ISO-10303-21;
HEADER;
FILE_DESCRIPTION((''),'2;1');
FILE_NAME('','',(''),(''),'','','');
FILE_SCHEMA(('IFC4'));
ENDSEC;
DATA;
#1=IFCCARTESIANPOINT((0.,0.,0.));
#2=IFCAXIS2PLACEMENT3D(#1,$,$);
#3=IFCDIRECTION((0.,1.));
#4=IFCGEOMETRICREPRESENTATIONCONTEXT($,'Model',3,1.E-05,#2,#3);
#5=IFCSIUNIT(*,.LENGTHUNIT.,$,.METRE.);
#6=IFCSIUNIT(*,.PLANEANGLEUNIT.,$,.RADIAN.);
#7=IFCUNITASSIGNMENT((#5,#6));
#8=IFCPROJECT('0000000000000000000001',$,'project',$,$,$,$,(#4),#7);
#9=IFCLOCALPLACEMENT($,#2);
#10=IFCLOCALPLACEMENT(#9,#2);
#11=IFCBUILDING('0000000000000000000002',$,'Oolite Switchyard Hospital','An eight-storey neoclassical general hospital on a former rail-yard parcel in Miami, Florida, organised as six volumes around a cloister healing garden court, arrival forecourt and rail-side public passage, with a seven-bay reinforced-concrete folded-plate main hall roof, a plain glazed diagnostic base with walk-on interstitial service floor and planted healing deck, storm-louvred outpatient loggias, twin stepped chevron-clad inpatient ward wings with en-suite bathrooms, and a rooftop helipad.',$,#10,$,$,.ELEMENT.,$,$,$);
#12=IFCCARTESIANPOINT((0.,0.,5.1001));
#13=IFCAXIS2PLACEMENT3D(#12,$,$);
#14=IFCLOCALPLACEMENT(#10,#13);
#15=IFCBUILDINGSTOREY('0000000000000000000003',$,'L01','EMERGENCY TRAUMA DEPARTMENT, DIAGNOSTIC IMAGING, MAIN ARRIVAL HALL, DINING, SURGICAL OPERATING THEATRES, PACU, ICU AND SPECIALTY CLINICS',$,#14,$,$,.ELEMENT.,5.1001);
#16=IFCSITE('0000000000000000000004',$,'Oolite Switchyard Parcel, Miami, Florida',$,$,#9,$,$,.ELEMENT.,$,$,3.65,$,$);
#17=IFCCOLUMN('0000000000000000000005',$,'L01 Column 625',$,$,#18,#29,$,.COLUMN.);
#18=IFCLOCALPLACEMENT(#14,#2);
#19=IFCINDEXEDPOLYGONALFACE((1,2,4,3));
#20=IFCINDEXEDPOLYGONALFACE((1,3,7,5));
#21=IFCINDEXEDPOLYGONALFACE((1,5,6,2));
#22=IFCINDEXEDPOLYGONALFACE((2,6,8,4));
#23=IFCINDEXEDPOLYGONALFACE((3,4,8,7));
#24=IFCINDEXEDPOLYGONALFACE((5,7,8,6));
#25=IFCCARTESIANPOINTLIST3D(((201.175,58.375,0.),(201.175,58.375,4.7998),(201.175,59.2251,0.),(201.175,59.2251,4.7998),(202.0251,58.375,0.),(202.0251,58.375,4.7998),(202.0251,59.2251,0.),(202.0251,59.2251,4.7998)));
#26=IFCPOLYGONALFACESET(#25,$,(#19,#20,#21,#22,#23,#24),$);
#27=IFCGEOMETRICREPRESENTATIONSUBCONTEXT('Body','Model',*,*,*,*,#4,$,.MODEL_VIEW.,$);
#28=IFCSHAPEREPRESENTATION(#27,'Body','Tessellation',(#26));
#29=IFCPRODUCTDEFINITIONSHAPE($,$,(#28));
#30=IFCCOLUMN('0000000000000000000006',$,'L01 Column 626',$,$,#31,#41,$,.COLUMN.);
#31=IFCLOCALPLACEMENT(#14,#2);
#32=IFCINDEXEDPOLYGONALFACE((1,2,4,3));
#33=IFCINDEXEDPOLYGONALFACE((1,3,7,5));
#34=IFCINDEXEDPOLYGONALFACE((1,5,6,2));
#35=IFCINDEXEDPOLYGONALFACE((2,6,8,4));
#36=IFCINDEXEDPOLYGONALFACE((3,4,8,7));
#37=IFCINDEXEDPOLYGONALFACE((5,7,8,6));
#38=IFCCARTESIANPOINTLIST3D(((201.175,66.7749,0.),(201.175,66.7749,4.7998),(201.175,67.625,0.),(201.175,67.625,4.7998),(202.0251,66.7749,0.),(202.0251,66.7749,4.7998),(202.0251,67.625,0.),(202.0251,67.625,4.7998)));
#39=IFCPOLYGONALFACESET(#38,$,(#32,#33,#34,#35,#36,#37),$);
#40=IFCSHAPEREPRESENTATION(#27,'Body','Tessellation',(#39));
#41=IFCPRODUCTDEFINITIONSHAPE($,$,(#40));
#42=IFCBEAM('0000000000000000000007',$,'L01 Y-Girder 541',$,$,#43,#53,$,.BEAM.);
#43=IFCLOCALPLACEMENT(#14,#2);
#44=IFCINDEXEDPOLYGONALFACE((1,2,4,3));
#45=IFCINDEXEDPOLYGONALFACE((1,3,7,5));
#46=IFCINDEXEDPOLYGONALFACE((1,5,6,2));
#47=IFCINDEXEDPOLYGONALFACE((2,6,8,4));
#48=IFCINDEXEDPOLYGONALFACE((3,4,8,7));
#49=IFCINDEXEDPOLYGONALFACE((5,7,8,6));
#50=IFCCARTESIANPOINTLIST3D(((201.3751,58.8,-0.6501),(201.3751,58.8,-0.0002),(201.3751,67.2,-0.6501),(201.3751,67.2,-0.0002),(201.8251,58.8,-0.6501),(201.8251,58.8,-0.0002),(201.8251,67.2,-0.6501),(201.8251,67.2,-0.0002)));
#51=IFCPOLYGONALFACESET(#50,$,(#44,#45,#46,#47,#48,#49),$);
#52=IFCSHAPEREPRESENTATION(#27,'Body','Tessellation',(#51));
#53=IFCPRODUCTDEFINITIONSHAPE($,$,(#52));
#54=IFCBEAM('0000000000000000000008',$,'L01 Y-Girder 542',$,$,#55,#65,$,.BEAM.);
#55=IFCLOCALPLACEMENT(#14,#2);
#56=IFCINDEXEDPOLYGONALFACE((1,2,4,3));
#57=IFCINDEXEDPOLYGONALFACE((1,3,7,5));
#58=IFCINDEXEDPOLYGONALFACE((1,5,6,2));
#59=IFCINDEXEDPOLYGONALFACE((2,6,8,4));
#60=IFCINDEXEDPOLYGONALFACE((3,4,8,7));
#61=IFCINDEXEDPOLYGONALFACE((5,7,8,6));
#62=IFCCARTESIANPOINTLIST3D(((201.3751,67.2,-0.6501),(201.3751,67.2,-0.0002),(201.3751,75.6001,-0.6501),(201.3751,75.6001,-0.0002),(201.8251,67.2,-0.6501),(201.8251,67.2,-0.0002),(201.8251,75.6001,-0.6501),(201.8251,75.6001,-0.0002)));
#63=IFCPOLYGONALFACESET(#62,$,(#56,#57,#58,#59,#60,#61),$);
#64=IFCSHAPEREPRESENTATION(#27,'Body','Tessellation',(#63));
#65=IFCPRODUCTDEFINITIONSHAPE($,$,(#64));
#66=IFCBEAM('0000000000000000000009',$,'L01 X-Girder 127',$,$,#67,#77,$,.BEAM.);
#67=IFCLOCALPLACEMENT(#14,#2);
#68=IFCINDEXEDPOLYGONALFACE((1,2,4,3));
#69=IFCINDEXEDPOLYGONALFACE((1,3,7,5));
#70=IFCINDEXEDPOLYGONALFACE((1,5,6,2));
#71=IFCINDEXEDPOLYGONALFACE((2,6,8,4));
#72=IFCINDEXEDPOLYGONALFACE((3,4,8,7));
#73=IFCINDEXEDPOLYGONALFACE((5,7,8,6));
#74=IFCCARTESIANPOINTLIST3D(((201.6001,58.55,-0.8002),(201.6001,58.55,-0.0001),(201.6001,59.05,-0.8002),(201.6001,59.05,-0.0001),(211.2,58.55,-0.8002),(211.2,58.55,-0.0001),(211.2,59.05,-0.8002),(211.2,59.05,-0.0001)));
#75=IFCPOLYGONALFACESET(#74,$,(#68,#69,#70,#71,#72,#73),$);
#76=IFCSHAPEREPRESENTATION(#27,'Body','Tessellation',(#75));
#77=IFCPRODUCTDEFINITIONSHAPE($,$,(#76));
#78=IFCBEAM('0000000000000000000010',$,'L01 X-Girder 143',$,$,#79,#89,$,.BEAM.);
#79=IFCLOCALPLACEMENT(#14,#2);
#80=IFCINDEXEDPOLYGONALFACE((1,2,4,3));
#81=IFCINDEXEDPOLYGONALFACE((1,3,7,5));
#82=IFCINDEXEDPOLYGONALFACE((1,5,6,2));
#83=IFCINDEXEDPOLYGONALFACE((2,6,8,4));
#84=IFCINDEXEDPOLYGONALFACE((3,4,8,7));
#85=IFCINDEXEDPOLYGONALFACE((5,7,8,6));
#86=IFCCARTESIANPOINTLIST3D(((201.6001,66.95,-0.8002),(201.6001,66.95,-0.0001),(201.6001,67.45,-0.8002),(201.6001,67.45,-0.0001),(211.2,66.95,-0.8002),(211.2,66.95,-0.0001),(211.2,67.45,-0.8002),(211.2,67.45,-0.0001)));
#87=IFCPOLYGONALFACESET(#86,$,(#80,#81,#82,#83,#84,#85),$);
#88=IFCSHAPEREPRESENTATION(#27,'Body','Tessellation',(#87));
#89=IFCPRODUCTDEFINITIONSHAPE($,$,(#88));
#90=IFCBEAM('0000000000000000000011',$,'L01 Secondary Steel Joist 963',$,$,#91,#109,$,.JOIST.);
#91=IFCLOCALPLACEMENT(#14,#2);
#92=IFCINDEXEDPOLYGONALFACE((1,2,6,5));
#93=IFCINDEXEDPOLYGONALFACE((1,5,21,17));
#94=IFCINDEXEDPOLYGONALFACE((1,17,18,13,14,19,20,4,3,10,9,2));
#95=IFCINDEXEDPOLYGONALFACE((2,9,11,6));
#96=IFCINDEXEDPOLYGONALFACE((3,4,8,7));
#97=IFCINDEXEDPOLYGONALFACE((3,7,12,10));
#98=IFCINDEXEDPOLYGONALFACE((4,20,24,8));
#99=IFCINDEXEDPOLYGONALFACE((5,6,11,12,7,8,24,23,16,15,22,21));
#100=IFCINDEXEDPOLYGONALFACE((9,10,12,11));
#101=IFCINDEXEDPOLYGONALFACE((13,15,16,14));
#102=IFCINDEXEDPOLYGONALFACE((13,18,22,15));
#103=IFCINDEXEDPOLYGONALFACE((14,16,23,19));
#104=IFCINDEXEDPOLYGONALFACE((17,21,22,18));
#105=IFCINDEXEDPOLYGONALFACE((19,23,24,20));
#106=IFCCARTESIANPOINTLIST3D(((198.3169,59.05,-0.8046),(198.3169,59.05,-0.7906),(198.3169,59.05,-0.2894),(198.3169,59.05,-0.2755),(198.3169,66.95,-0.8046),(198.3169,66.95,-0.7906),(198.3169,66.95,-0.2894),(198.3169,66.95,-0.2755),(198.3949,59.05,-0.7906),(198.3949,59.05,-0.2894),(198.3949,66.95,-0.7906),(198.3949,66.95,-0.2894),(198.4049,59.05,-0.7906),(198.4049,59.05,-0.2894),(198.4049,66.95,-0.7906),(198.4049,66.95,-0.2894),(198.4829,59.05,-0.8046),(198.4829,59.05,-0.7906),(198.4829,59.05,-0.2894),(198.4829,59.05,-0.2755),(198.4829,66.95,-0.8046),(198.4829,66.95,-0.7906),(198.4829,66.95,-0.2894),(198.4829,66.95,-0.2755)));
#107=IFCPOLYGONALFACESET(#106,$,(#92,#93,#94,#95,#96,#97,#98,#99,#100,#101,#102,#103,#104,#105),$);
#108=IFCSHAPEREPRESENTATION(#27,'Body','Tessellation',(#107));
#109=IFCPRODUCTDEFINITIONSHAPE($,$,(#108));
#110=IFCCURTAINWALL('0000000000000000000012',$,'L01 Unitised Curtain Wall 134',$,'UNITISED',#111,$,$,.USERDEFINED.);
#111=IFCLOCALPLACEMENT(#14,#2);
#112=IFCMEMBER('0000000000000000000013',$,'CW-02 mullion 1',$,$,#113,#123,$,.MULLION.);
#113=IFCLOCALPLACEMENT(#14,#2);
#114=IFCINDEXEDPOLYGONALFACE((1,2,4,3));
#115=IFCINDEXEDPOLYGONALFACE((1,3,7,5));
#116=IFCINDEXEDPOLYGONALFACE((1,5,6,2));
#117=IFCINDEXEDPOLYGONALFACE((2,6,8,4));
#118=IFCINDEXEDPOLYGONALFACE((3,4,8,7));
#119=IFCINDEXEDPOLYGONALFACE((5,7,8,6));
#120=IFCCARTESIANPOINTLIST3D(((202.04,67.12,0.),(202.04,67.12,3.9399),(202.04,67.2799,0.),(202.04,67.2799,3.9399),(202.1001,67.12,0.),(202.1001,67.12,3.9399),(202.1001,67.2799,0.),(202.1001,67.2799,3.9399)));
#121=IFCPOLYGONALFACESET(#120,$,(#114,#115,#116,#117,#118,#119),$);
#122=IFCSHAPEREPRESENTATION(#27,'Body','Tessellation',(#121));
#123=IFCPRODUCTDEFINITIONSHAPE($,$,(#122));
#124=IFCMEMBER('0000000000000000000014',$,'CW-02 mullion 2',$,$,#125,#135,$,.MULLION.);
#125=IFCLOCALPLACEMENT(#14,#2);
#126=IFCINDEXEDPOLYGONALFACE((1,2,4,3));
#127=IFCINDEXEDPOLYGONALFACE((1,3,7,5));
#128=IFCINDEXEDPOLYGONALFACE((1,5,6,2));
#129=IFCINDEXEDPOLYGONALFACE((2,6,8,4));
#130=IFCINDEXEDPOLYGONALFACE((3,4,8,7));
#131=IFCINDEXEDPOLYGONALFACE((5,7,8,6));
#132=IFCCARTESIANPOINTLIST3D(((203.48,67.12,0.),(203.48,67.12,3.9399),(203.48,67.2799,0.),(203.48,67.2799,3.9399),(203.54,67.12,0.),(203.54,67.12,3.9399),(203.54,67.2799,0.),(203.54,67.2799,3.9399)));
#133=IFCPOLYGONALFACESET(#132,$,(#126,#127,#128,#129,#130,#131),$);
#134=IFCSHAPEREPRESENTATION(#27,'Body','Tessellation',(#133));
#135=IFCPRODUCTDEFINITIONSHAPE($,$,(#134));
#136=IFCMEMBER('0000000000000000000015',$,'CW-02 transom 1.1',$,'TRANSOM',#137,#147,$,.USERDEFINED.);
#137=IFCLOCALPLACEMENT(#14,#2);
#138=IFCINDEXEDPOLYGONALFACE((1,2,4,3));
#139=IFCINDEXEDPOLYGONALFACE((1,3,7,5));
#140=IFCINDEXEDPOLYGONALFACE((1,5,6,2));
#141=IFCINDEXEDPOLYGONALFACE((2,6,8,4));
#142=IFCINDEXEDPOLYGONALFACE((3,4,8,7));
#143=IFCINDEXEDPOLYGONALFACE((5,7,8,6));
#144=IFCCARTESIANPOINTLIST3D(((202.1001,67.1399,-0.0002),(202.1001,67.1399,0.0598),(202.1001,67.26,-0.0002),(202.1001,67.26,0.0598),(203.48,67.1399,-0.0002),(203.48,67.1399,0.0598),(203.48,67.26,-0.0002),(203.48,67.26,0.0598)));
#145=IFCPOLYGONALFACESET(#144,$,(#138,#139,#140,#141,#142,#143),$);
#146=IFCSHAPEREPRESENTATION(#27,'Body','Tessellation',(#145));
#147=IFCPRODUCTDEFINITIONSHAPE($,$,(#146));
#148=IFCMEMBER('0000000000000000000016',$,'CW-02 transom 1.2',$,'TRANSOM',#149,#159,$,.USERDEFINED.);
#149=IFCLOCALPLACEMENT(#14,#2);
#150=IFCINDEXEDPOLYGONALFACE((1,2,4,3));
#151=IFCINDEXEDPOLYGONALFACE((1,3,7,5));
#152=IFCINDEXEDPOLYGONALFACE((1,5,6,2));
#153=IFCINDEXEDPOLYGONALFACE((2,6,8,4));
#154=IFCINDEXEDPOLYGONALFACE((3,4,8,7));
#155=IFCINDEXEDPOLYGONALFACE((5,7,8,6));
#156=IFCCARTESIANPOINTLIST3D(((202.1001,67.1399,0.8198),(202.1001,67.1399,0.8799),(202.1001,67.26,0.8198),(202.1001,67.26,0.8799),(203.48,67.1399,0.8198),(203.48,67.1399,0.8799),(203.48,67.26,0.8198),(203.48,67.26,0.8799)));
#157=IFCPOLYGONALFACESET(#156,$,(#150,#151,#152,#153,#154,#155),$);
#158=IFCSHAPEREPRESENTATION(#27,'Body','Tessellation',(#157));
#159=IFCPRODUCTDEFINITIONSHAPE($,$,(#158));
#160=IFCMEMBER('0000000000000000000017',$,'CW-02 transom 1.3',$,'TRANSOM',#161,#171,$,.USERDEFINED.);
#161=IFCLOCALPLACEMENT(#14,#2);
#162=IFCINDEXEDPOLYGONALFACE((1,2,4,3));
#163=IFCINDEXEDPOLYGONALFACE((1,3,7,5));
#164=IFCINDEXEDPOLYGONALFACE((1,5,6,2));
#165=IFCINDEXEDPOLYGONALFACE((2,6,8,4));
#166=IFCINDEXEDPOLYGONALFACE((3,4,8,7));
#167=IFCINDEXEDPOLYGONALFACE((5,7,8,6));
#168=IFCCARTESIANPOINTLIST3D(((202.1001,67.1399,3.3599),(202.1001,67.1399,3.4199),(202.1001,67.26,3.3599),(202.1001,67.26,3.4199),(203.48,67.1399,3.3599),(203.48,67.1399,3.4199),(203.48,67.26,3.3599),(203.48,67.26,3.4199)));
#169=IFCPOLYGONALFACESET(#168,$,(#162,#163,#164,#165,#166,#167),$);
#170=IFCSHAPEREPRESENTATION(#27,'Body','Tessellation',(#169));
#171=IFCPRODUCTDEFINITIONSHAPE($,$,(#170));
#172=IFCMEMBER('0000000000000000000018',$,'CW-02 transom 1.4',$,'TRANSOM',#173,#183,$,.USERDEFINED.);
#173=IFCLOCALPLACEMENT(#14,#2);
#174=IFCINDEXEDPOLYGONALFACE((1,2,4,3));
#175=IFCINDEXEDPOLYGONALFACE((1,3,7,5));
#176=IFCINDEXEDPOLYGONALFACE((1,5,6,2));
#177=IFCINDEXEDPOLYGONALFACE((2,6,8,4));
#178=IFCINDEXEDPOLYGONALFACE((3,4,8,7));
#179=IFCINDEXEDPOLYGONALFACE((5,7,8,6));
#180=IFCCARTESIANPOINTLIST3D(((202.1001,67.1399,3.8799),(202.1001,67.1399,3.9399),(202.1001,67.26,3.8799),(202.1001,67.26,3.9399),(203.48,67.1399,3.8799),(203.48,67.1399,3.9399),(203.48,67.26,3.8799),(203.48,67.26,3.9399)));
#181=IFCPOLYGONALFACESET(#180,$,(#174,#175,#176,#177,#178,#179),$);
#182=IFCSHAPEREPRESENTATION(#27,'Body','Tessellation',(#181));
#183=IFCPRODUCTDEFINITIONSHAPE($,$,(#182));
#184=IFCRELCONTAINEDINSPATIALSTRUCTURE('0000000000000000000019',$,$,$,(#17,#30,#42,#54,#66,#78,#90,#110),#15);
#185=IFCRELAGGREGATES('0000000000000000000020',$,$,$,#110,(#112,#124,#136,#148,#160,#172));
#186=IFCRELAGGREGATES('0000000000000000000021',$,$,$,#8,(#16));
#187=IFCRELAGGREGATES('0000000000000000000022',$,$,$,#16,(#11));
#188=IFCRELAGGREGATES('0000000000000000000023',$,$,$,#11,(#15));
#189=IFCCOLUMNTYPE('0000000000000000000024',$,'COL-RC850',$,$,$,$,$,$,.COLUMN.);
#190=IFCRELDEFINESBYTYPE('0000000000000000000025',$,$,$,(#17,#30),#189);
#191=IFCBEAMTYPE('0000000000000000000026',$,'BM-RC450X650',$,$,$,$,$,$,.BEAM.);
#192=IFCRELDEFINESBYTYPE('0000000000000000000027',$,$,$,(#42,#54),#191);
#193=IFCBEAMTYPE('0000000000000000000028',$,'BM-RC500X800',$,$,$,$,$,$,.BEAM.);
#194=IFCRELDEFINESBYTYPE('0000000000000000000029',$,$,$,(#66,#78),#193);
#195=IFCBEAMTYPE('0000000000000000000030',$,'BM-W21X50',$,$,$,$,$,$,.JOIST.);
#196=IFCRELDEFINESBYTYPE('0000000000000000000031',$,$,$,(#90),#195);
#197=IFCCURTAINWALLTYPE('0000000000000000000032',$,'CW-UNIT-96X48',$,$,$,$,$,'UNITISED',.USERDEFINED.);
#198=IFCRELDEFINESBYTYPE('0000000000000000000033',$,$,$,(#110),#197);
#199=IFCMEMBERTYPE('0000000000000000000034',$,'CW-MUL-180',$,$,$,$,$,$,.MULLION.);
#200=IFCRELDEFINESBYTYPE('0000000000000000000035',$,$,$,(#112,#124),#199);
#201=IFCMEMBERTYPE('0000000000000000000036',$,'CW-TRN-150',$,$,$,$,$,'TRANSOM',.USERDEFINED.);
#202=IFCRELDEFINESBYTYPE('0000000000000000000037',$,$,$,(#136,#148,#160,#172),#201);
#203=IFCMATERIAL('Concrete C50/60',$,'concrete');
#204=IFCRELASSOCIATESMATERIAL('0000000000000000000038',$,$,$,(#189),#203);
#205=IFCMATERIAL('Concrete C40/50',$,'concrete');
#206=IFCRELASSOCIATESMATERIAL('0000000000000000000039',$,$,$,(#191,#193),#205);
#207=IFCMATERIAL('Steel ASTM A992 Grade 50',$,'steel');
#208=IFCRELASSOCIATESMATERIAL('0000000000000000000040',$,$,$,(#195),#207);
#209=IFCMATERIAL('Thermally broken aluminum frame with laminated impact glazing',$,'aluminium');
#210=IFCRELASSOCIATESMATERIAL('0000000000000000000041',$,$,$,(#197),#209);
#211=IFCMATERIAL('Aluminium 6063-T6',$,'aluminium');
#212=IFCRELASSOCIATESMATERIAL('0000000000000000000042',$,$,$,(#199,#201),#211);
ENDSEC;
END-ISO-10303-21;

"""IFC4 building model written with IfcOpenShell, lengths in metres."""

from ifc_helpers import new_model, si_unit, direction, frame, origin, origin_2d, place, context, subcontext, project, spatial, rectangle, i_section, extrude, material, material_profile, profile_set, type_object, element, aggregate, save


model = new_model("IFC4")

# Units and contexts
model_context = context("Model", 3, precision=1e-05, world=origin(), true_north=direction((0.0, 1.0)))
body_context = subcontext(model_context, "Body", "Model", "MODEL_VIEW")
ifc_project = project(units=[si_unit("LENGTHUNIT", "METRE"), si_unit("PLANEANGLEUNIT", "RADIAN")], contexts=[model_context])

# Site, building, storey
site_placement = place(None, origin())
site = spatial("IfcSite", under=ifc_project, at=site_placement, Name="Oolite Switchyard Parcel, Miami, Florida", CompositionType="ELEMENT", RefElevation=3.65)
building_placement = place(site_placement, origin())
building = spatial("IfcBuilding", under=site, at=building_placement, Name="Oolite Switchyard Hospital", Description="An eight-storey neoclassical general hospital on a former rail-yard parcel in Miami, Florida, organised as six volumes around a cloister healing garden court, arrival forecourt and rail-side public passage, with a seven-bay reinforced-concrete folded-plate main hall roof, a plain glazed diagnostic base with walk-on interstitial service floor and planted healing deck, storm-louvred outpatient loggias, twin stepped chevron-clad inpatient ward wings with en-suite bathrooms, and a rooftop helipad.", CompositionType="ELEMENT")
storey_placement = place(building_placement, frame((0.0, 0.0, 5.1001)))
storey = spatial("IfcBuildingStorey", under=building, at=storey_placement, Name="L01", Description="EMERGENCY TRAUMA DEPARTMENT, DIAGNOSTIC IMAGING, MAIN ARRIVAL HALL, DINING, SURGICAL OPERATING THEATRES, PACU, ICU AND SPECIALTY CLINICS", CompositionType="ELEMENT", Elevation=5.1001)

# Columns
ifc_material_1 = material(Name="Concrete C50/60", Category="concrete")
ifc_material_profile_1 = material_profile(ifc_material_1, rectangle(XDim=0.8501, YDim=0.8501, at=origin_2d()), Name="RC850X850")
ifc_profile_set_1 = profile_set([ifc_material_profile_1], Name="Concrete C50/60")
column_type = type_object("IfcColumnType", Name="COL-RC850", PredefinedType="COLUMN", material=ifc_profile_set_1)
for number, where, z_axis, x_axis, name in (
    (1, (201.6001, 58.8, 0.0), (0.0, 0.0, 1.0), (1.0, 0.0, 0.0), "L01 Column 625"),
    (2, (201.6001, 67.2, 0.0), (0.0, 0.0, 1.0), (1.0, 0.0, 0.0), "L01 Column 626"),
):
    element("IfcColumn", number, at=place(storey_placement, frame(where, z_axis=z_axis, x_axis=x_axis)), inside=storey, type_object=column_type, Name=name, PredefinedType="COLUMN", context=body_context, shape_type="SweptSolid", body=[
        extrude(rectangle(XDim=0.8501, YDim=0.8501, at=origin_2d()), origin(), (0.0, 0.0, 1.0), 4.7998),
    ])

# Beams
ifc_material_2 = material(Name="Concrete C40/50", Category="concrete")
ifc_material_profile_2 = material_profile(ifc_material_2, rectangle(XDim=0.45, YDim=0.6499, at=origin_2d()), Name="RCB450X650")
ifc_profile_set_2 = profile_set([ifc_material_profile_2], Name="Concrete C40/50")
beam_type_1 = type_object("IfcBeamType", Name="BM-RC450X650", PredefinedType="BEAM", material=ifc_profile_set_2)
beam_1_placement = place(storey_placement, frame((201.6001, 58.8, -0.3252), z_axis=(0.0, 1.0, 0.0), x_axis=(-1.0, 0.0, 0.0)))
element("IfcBeam", 3, at=beam_1_placement, inside=storey, type_object=beam_type_1, Name="L01 Y-Girder 541", PredefinedType="BEAM", context=body_context, shape_type="SweptSolid", body=[
    extrude(rectangle(XDim=0.45, YDim=0.6499, at=origin_2d()), origin(), (0.0, 0.0, 1.0), 8.3999),
])
beam_2_placement = place(storey_placement, frame((201.6001, 67.2, -0.3252), z_axis=(0.0, 1.0, 0.0), x_axis=(-1.0, 0.0, 0.0)))
element("IfcBeam", 4, at=beam_2_placement, inside=storey, type_object=beam_type_1, Name="L01 Y-Girder 542", PredefinedType="BEAM", context=body_context, shape_type="SweptSolid", body=[
    extrude(rectangle(XDim=0.45, YDim=0.6499, at=origin_2d()), origin(), (0.0, 0.0, 1.0), 8.4001),
])
ifc_material_profile_3 = material_profile(ifc_material_2, rectangle(XDim=0.5, YDim=0.8, at=origin_2d()), Name="RCB500X800")
ifc_profile_set_3 = profile_set([ifc_material_profile_3], Name="Concrete C40/50")
beam_type_2 = type_object("IfcBeamType", Name="BM-RC500X800", PredefinedType="BEAM", material=ifc_profile_set_3)
for number, where, z_axis, x_axis, name in (
    (5, (201.6001, 58.8, -0.4001), (1.0, 0.0, 0.0), (0.0, 1.0, 0.0), "L01 X-Girder 127"),
    (6, (201.6001, 67.2, -0.4001), (1.0, 0.0, 0.0), (0.0, 1.0, 0.0), "L01 X-Girder 143"),
):
    element("IfcBeam", number, at=place(storey_placement, frame(where, z_axis=z_axis, x_axis=x_axis)), inside=storey, type_object=beam_type_2, Name=name, PredefinedType="BEAM", context=body_context, shape_type="SweptSolid", body=[
        extrude(rectangle(XDim=0.5, YDim=0.8, at=origin_2d()), origin(), (0.0, 0.0, 1.0), 9.5999),
    ])
ifc_material_3 = material(Name="Steel ASTM A992 Grade 50", Category="steel")
ifc_material_profile_4 = material_profile(ifc_material_3, i_section(OverallWidth=0.166, OverallDepth=0.5291, WebThickness=0.01, FlangeThickness=0.0139, at=origin_2d()), Name="W21X50")
ifc_profile_set_4 = profile_set([ifc_material_profile_4], Name="Steel ASTM A992 Grade 50")
beam_type_3 = type_object("IfcBeamType", Name="BM-W21X50", PredefinedType="JOIST", material=ifc_profile_set_4)
beam_3_placement = place(storey_placement, frame((198.3999, 59.05, -0.54), z_axis=(0.0, 1.0, 0.0), x_axis=(-1.0, 0.0, 0.0)))
element("IfcBeam", 7, at=beam_3_placement, inside=storey, type_object=beam_type_3, Name="L01 Secondary Steel Joist 963", PredefinedType="JOIST", context=body_context, shape_type="SweptSolid", body=[
    extrude(i_section(OverallWidth=0.166, OverallDepth=0.5291, WebThickness=0.01, FlangeThickness=0.0139, at=origin_2d()), origin(), (0.0, 0.0, 1.0), 7.8999),
])

# Curtain wall, members
ifc_material_4 = material(Name="Thermally broken aluminum frame with laminated impact glazing", Category="aluminium")
curtain_wall_type = type_object("IfcCurtainWallType", Name="CW-UNIT-96X48", ElementType="UNITISED", PredefinedType="USERDEFINED", material=ifc_material_4)
curtain_wall_placement = place(storey_placement, origin())
curtain_wall = element("IfcCurtainWall", 8, at=curtain_wall_placement, inside=storey, type_object=curtain_wall_type, Name="L01 Unitised Curtain Wall 134", ObjectType="UNITISED", PredefinedType="USERDEFINED")
ifc_material_5 = material(Name="Aluminium 6063-T6", Category="aluminium")
ifc_material_profile_5 = material_profile(ifc_material_5, rectangle(XDim=0.1599, YDim=0.0601, at=origin_2d()), Name="CWM60X160")
ifc_profile_set_5 = profile_set([ifc_material_profile_5], Name="Aluminium 6063-T6")
member_type_1 = type_object("IfcMemberType", Name="CW-MUL-180", PredefinedType="MULLION", material=ifc_profile_set_5)
member_1_placement = place(storey_placement, frame((202.0701, 67.2, 0.0), z_axis=(0.0, 0.0, 1.0), x_axis=(0.0, 1.0, 0.0)))
member_1 = element("IfcMember", 9, at=member_1_placement, type_object=member_type_1, Name="CW-02 mullion 1", PredefinedType="MULLION", context=body_context, shape_type="SweptSolid", body=[
    extrude(rectangle(XDim=0.1599, YDim=0.0601, at=origin_2d()), origin(), (0.0, 0.0, 1.0), 3.9399),
])
member_2_placement = place(storey_placement, frame((203.51, 67.2, 0.0), z_axis=(0.0, 0.0, 1.0), x_axis=(0.0, 1.0, 0.0)))
member_2 = element("IfcMember", 10, at=member_2_placement, type_object=member_type_1, Name="CW-02 mullion 2", PredefinedType="MULLION", context=body_context, shape_type="SweptSolid", body=[
    extrude(rectangle(XDim=0.1599, YDim=0.0601, at=origin_2d()), origin(), (0.0, 0.0, 1.0), 3.9399),
])
ifc_material_profile_6 = material_profile(ifc_material_5, rectangle(XDim=0.1201, YDim=0.0601, at=origin_2d()), Name="CWT60X120")
ifc_profile_set_6 = profile_set([ifc_material_profile_6], Name="Aluminium 6063-T6")
member_type_2 = type_object("IfcMemberType", Name="CW-TRN-150", ElementType="TRANSOM", PredefinedType="USERDEFINED", material=ifc_profile_set_6)
member_3_placement = place(storey_placement, frame((202.1001, 67.2, 0.0298), z_axis=(1.0, 0.0, 0.0), x_axis=(0.0, 1.0, 0.0)))
member_3 = element("IfcMember", 11, at=member_3_placement, type_object=member_type_2, Name="CW-02 transom 1.1", ObjectType="TRANSOM", PredefinedType="USERDEFINED", context=body_context, shape_type="SweptSolid", body=[
    extrude(rectangle(XDim=0.1201, YDim=0.0601, at=origin_2d()), origin(), (0.0, 0.0, 1.0), 1.3799),
])
member_4_placement = place(storey_placement, frame((202.1001, 67.2, 0.8499), z_axis=(1.0, 0.0, 0.0), x_axis=(0.0, 1.0, 0.0)))
member_4 = element("IfcMember", 12, at=member_4_placement, type_object=member_type_2, Name="CW-02 transom 1.2", ObjectType="TRANSOM", PredefinedType="USERDEFINED", context=body_context, shape_type="SweptSolid", body=[
    extrude(rectangle(XDim=0.1201, YDim=0.0601, at=origin_2d()), origin(), (0.0, 0.0, 1.0), 1.3799),
])
member_5_placement = place(storey_placement, frame((202.1001, 67.2, 3.3899), z_axis=(1.0, 0.0, 0.0), x_axis=(0.0, 1.0, 0.0)))
member_5 = element("IfcMember", 13, at=member_5_placement, type_object=member_type_2, Name="CW-02 transom 1.3", ObjectType="TRANSOM", PredefinedType="USERDEFINED", context=body_context, shape_type="SweptSolid", body=[
    extrude(rectangle(XDim=0.1201, YDim=0.0601, at=origin_2d()), origin(), (0.0, 0.0, 1.0), 1.3799),
])
member_6_placement = place(storey_placement, frame((202.1001, 67.2, 3.9099), z_axis=(1.0, 0.0, 0.0), x_axis=(0.0, 1.0, 0.0)))
member_6 = element("IfcMember", 14, at=member_6_placement, type_object=member_type_2, Name="CW-02 transom 1.4", ObjectType="TRANSOM", PredefinedType="USERDEFINED", context=body_context, shape_type="SweptSolid", body=[
    extrude(rectangle(XDim=0.1201, YDim=0.0601, at=origin_2d()), origin(), (0.0, 0.0, 1.0), 1.3799),
])
aggregate(curtain_wall, [member_1, member_2, member_3, member_4, member_5, member_6])

save(model, "model.ifc")
